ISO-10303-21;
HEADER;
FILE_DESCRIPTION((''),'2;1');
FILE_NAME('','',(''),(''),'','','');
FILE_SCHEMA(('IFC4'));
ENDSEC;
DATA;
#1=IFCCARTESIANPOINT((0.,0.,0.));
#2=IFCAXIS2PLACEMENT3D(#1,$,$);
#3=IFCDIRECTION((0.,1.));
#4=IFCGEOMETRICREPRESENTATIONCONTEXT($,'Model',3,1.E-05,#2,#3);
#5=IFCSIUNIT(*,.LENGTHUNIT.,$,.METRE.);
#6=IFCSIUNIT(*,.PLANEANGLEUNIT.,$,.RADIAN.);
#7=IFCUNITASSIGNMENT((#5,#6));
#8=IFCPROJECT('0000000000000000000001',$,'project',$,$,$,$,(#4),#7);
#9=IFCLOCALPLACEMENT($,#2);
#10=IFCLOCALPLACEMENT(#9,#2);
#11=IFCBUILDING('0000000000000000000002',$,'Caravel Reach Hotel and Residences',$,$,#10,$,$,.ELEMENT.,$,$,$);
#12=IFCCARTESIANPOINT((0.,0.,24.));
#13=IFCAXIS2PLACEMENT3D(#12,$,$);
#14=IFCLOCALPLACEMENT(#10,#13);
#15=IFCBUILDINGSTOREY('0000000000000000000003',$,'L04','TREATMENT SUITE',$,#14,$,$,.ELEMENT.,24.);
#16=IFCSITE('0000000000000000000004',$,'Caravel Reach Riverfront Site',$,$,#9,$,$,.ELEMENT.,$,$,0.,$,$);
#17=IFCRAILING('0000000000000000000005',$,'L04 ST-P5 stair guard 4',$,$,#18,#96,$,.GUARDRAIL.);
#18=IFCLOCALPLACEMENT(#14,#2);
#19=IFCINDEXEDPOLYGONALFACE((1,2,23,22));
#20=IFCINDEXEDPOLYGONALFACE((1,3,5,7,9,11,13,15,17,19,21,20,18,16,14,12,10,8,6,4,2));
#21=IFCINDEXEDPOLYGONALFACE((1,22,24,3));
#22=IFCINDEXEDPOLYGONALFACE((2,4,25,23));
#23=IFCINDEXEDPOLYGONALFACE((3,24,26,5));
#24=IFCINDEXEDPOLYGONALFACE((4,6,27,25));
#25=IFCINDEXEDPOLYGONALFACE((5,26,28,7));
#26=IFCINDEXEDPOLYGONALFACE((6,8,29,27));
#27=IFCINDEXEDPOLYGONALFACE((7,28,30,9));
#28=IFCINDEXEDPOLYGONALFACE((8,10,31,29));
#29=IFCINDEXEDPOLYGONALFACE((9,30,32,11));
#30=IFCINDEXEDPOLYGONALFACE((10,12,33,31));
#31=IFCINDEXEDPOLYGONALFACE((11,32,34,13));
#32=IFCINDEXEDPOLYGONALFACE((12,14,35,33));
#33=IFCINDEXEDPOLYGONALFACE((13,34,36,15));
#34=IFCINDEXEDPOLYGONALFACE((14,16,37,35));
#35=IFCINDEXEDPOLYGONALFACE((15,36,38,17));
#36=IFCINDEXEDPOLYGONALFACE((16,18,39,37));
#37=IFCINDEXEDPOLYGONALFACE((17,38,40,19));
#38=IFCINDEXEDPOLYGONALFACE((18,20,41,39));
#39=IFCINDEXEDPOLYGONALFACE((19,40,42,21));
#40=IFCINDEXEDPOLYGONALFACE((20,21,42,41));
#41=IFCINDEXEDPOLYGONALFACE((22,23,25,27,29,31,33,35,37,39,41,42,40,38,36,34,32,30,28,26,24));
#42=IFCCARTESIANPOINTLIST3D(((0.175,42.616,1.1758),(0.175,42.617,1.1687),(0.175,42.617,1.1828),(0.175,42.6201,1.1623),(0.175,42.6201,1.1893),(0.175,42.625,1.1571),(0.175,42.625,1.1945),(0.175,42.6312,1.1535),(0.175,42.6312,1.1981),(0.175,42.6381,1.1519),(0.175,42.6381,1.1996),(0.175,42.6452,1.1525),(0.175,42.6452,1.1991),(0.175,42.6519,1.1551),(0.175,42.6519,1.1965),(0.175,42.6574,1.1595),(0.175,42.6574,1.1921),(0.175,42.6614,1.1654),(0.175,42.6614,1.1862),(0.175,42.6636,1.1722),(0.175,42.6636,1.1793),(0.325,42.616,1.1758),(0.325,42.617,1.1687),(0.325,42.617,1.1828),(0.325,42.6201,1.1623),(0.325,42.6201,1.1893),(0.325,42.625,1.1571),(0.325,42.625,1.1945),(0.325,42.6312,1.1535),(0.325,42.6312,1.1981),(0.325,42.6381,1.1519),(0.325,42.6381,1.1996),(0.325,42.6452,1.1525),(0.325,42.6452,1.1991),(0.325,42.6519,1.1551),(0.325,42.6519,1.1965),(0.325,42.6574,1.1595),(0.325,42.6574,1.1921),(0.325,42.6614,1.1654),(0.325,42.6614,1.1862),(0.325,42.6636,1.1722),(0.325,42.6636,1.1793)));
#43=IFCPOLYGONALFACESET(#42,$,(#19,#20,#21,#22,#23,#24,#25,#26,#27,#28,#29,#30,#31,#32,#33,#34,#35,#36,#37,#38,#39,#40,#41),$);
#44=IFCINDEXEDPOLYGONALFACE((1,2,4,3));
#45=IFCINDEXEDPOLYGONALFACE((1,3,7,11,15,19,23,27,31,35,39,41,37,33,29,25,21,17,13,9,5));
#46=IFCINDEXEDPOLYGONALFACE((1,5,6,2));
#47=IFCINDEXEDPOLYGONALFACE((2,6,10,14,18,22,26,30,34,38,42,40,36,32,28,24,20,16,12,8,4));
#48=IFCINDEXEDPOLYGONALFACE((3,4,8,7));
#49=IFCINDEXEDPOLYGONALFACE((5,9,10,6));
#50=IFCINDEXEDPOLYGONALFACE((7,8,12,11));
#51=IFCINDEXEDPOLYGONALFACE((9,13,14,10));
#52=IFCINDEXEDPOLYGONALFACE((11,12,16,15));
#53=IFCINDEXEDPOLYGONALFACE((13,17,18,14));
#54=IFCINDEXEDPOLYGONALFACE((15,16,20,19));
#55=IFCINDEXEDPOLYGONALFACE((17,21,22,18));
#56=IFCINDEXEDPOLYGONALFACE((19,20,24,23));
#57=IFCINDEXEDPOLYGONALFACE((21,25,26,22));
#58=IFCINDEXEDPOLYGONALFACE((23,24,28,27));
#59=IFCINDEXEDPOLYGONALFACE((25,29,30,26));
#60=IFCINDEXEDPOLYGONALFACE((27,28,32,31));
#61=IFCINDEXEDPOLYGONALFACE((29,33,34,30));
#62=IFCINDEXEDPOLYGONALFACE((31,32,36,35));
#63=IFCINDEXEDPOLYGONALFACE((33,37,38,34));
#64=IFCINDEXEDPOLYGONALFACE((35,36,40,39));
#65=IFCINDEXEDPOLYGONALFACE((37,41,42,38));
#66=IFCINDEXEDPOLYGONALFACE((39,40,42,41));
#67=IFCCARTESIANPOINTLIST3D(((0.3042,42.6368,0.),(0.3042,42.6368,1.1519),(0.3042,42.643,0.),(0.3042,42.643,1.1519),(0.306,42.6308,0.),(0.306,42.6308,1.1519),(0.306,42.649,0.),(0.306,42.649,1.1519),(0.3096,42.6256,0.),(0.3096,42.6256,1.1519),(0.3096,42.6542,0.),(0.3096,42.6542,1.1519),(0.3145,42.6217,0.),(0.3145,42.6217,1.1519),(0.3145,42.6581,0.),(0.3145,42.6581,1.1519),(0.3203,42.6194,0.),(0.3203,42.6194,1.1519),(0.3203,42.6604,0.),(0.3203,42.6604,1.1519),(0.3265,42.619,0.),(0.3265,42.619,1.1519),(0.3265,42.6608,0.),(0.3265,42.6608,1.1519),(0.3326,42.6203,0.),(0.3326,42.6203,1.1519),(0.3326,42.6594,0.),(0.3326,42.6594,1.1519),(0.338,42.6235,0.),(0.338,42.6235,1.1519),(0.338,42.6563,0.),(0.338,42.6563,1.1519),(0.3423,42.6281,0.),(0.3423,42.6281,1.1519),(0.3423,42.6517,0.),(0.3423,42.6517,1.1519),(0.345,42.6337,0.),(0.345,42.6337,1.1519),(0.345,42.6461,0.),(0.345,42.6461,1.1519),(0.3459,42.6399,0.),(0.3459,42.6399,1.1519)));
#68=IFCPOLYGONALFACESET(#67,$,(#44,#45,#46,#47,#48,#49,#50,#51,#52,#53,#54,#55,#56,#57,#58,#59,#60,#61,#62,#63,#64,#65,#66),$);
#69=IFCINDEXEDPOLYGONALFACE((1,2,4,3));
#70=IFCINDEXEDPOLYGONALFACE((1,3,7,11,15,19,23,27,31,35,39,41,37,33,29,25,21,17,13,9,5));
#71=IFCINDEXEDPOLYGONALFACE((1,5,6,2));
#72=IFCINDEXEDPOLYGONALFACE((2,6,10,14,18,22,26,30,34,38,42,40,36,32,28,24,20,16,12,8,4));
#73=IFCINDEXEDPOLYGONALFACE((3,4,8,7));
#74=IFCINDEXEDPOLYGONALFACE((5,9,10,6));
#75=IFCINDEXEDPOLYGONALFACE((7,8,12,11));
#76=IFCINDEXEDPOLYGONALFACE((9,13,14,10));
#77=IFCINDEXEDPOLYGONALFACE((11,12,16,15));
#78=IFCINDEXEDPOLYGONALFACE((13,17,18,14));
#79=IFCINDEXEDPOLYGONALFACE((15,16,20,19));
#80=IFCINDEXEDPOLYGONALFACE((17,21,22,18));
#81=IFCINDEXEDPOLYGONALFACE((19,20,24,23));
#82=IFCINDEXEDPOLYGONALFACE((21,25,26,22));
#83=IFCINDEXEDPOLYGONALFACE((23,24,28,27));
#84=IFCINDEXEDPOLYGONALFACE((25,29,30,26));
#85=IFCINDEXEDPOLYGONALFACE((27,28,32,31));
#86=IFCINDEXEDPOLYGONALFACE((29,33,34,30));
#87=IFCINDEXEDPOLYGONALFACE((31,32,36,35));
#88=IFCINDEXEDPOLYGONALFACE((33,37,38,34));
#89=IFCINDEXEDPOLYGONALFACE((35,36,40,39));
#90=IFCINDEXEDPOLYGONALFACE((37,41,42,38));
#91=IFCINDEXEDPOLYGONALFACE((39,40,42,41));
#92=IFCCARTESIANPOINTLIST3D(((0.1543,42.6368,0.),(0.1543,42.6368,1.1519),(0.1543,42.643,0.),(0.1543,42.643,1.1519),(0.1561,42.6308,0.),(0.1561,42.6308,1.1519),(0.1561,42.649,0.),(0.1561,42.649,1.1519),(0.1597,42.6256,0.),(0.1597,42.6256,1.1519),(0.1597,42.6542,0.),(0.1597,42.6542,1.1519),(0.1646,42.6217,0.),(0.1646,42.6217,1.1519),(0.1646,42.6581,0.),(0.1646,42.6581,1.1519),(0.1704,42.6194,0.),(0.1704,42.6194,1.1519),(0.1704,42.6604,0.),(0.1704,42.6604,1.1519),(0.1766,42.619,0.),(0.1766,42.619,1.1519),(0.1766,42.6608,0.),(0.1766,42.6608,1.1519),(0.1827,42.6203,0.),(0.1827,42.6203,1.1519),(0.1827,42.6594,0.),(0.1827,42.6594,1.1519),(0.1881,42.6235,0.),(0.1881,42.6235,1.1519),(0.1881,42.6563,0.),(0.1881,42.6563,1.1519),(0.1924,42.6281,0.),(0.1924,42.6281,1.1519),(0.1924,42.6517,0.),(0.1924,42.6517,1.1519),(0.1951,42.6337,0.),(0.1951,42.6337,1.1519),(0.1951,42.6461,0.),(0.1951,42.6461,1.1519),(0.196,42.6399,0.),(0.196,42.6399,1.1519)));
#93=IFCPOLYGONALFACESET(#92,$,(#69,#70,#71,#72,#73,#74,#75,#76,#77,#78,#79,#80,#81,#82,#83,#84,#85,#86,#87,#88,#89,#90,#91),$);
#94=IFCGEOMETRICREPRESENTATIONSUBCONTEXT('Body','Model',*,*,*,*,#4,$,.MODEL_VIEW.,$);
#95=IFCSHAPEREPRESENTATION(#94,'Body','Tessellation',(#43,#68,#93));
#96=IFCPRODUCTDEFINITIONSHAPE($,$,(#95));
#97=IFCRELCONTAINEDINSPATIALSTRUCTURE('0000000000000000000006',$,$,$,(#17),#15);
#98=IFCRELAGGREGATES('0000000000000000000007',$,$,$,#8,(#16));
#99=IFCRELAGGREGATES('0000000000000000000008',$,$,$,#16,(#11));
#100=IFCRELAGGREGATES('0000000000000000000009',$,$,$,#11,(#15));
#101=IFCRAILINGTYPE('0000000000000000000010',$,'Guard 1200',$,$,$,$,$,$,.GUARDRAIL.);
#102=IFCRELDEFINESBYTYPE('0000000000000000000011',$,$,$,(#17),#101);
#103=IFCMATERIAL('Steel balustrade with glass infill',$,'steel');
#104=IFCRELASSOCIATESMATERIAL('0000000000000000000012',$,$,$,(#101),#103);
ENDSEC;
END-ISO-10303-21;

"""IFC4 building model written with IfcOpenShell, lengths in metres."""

from ifc_helpers import new_model, si_unit, direction, frame, origin, origin_2d, place, context, subcontext, project, spatial, circle, extrude, material, type_object, element, save


model = new_model("IFC4")

# Units and contexts
model_context = context("Model", 3, precision=1e-05, world=origin(), true_north=direction((0.0, 1.0)))
body_context = subcontext(model_context, "Body", "Model", "MODEL_VIEW")
ifc_project = project(units=[si_unit("LENGTHUNIT", "METRE"), si_unit("PLANEANGLEUNIT", "RADIAN")], contexts=[model_context])

# Site, building, storey
site_placement = place(None, origin())
site = spatial("IfcSite", under=ifc_project, at=site_placement, Name="Caravel Reach Riverfront Site", CompositionType="ELEMENT", RefElevation=0.0)
building_placement = place(site_placement, origin())
building = spatial("IfcBuilding", under=site, at=building_placement, Name="Caravel Reach Hotel and Residences", CompositionType="ELEMENT")
storey_placement = place(building_placement, frame((0.0, 0.0, 24.0)))
storey = spatial("IfcBuildingStorey", under=building, at=storey_placement, Name="L04", Description="TREATMENT SUITE", CompositionType="ELEMENT", Elevation=24.0)

# Railing
ifc_material_1 = material(Name="Steel balustrade with glass infill", Category="steel")
railing_type_1 = type_object("IfcRailingType", Name="Guard 1200", PredefinedType="GUARDRAIL", material=ifc_material_1)
railing_1_placement = place(storey_placement, frame((0.325, 42.6399, 0.0)))
element("IfcRailing", 1, at=railing_1_placement, inside=storey, type_object=railing_type_1, Name="L04 ST-P5 stair guard 4", PredefinedType="GUARDRAIL", context=body_context, shape_type="SweptSolid", body=[
    extrude(circle(Radius=0.0239, at=origin_2d()), frame((0.0, 0.0, 1.1758), z_axis=(-1.0, 0.0, 0.0), x_axis=(0.0, -1.0, 0.0)), (0.0, 0.0, 1.0), 0.1499),
    extrude(circle(Radius=0.021, at=origin_2d()), origin(), (0.0, 0.0, 1.0), 1.1519),
    extrude(circle(Radius=0.021, at=origin_2d()), frame((-0.1499, 0.0, 0.0)), (0.0, 0.0, 1.0), 1.1519),
])

save(model, "model.ifc")
